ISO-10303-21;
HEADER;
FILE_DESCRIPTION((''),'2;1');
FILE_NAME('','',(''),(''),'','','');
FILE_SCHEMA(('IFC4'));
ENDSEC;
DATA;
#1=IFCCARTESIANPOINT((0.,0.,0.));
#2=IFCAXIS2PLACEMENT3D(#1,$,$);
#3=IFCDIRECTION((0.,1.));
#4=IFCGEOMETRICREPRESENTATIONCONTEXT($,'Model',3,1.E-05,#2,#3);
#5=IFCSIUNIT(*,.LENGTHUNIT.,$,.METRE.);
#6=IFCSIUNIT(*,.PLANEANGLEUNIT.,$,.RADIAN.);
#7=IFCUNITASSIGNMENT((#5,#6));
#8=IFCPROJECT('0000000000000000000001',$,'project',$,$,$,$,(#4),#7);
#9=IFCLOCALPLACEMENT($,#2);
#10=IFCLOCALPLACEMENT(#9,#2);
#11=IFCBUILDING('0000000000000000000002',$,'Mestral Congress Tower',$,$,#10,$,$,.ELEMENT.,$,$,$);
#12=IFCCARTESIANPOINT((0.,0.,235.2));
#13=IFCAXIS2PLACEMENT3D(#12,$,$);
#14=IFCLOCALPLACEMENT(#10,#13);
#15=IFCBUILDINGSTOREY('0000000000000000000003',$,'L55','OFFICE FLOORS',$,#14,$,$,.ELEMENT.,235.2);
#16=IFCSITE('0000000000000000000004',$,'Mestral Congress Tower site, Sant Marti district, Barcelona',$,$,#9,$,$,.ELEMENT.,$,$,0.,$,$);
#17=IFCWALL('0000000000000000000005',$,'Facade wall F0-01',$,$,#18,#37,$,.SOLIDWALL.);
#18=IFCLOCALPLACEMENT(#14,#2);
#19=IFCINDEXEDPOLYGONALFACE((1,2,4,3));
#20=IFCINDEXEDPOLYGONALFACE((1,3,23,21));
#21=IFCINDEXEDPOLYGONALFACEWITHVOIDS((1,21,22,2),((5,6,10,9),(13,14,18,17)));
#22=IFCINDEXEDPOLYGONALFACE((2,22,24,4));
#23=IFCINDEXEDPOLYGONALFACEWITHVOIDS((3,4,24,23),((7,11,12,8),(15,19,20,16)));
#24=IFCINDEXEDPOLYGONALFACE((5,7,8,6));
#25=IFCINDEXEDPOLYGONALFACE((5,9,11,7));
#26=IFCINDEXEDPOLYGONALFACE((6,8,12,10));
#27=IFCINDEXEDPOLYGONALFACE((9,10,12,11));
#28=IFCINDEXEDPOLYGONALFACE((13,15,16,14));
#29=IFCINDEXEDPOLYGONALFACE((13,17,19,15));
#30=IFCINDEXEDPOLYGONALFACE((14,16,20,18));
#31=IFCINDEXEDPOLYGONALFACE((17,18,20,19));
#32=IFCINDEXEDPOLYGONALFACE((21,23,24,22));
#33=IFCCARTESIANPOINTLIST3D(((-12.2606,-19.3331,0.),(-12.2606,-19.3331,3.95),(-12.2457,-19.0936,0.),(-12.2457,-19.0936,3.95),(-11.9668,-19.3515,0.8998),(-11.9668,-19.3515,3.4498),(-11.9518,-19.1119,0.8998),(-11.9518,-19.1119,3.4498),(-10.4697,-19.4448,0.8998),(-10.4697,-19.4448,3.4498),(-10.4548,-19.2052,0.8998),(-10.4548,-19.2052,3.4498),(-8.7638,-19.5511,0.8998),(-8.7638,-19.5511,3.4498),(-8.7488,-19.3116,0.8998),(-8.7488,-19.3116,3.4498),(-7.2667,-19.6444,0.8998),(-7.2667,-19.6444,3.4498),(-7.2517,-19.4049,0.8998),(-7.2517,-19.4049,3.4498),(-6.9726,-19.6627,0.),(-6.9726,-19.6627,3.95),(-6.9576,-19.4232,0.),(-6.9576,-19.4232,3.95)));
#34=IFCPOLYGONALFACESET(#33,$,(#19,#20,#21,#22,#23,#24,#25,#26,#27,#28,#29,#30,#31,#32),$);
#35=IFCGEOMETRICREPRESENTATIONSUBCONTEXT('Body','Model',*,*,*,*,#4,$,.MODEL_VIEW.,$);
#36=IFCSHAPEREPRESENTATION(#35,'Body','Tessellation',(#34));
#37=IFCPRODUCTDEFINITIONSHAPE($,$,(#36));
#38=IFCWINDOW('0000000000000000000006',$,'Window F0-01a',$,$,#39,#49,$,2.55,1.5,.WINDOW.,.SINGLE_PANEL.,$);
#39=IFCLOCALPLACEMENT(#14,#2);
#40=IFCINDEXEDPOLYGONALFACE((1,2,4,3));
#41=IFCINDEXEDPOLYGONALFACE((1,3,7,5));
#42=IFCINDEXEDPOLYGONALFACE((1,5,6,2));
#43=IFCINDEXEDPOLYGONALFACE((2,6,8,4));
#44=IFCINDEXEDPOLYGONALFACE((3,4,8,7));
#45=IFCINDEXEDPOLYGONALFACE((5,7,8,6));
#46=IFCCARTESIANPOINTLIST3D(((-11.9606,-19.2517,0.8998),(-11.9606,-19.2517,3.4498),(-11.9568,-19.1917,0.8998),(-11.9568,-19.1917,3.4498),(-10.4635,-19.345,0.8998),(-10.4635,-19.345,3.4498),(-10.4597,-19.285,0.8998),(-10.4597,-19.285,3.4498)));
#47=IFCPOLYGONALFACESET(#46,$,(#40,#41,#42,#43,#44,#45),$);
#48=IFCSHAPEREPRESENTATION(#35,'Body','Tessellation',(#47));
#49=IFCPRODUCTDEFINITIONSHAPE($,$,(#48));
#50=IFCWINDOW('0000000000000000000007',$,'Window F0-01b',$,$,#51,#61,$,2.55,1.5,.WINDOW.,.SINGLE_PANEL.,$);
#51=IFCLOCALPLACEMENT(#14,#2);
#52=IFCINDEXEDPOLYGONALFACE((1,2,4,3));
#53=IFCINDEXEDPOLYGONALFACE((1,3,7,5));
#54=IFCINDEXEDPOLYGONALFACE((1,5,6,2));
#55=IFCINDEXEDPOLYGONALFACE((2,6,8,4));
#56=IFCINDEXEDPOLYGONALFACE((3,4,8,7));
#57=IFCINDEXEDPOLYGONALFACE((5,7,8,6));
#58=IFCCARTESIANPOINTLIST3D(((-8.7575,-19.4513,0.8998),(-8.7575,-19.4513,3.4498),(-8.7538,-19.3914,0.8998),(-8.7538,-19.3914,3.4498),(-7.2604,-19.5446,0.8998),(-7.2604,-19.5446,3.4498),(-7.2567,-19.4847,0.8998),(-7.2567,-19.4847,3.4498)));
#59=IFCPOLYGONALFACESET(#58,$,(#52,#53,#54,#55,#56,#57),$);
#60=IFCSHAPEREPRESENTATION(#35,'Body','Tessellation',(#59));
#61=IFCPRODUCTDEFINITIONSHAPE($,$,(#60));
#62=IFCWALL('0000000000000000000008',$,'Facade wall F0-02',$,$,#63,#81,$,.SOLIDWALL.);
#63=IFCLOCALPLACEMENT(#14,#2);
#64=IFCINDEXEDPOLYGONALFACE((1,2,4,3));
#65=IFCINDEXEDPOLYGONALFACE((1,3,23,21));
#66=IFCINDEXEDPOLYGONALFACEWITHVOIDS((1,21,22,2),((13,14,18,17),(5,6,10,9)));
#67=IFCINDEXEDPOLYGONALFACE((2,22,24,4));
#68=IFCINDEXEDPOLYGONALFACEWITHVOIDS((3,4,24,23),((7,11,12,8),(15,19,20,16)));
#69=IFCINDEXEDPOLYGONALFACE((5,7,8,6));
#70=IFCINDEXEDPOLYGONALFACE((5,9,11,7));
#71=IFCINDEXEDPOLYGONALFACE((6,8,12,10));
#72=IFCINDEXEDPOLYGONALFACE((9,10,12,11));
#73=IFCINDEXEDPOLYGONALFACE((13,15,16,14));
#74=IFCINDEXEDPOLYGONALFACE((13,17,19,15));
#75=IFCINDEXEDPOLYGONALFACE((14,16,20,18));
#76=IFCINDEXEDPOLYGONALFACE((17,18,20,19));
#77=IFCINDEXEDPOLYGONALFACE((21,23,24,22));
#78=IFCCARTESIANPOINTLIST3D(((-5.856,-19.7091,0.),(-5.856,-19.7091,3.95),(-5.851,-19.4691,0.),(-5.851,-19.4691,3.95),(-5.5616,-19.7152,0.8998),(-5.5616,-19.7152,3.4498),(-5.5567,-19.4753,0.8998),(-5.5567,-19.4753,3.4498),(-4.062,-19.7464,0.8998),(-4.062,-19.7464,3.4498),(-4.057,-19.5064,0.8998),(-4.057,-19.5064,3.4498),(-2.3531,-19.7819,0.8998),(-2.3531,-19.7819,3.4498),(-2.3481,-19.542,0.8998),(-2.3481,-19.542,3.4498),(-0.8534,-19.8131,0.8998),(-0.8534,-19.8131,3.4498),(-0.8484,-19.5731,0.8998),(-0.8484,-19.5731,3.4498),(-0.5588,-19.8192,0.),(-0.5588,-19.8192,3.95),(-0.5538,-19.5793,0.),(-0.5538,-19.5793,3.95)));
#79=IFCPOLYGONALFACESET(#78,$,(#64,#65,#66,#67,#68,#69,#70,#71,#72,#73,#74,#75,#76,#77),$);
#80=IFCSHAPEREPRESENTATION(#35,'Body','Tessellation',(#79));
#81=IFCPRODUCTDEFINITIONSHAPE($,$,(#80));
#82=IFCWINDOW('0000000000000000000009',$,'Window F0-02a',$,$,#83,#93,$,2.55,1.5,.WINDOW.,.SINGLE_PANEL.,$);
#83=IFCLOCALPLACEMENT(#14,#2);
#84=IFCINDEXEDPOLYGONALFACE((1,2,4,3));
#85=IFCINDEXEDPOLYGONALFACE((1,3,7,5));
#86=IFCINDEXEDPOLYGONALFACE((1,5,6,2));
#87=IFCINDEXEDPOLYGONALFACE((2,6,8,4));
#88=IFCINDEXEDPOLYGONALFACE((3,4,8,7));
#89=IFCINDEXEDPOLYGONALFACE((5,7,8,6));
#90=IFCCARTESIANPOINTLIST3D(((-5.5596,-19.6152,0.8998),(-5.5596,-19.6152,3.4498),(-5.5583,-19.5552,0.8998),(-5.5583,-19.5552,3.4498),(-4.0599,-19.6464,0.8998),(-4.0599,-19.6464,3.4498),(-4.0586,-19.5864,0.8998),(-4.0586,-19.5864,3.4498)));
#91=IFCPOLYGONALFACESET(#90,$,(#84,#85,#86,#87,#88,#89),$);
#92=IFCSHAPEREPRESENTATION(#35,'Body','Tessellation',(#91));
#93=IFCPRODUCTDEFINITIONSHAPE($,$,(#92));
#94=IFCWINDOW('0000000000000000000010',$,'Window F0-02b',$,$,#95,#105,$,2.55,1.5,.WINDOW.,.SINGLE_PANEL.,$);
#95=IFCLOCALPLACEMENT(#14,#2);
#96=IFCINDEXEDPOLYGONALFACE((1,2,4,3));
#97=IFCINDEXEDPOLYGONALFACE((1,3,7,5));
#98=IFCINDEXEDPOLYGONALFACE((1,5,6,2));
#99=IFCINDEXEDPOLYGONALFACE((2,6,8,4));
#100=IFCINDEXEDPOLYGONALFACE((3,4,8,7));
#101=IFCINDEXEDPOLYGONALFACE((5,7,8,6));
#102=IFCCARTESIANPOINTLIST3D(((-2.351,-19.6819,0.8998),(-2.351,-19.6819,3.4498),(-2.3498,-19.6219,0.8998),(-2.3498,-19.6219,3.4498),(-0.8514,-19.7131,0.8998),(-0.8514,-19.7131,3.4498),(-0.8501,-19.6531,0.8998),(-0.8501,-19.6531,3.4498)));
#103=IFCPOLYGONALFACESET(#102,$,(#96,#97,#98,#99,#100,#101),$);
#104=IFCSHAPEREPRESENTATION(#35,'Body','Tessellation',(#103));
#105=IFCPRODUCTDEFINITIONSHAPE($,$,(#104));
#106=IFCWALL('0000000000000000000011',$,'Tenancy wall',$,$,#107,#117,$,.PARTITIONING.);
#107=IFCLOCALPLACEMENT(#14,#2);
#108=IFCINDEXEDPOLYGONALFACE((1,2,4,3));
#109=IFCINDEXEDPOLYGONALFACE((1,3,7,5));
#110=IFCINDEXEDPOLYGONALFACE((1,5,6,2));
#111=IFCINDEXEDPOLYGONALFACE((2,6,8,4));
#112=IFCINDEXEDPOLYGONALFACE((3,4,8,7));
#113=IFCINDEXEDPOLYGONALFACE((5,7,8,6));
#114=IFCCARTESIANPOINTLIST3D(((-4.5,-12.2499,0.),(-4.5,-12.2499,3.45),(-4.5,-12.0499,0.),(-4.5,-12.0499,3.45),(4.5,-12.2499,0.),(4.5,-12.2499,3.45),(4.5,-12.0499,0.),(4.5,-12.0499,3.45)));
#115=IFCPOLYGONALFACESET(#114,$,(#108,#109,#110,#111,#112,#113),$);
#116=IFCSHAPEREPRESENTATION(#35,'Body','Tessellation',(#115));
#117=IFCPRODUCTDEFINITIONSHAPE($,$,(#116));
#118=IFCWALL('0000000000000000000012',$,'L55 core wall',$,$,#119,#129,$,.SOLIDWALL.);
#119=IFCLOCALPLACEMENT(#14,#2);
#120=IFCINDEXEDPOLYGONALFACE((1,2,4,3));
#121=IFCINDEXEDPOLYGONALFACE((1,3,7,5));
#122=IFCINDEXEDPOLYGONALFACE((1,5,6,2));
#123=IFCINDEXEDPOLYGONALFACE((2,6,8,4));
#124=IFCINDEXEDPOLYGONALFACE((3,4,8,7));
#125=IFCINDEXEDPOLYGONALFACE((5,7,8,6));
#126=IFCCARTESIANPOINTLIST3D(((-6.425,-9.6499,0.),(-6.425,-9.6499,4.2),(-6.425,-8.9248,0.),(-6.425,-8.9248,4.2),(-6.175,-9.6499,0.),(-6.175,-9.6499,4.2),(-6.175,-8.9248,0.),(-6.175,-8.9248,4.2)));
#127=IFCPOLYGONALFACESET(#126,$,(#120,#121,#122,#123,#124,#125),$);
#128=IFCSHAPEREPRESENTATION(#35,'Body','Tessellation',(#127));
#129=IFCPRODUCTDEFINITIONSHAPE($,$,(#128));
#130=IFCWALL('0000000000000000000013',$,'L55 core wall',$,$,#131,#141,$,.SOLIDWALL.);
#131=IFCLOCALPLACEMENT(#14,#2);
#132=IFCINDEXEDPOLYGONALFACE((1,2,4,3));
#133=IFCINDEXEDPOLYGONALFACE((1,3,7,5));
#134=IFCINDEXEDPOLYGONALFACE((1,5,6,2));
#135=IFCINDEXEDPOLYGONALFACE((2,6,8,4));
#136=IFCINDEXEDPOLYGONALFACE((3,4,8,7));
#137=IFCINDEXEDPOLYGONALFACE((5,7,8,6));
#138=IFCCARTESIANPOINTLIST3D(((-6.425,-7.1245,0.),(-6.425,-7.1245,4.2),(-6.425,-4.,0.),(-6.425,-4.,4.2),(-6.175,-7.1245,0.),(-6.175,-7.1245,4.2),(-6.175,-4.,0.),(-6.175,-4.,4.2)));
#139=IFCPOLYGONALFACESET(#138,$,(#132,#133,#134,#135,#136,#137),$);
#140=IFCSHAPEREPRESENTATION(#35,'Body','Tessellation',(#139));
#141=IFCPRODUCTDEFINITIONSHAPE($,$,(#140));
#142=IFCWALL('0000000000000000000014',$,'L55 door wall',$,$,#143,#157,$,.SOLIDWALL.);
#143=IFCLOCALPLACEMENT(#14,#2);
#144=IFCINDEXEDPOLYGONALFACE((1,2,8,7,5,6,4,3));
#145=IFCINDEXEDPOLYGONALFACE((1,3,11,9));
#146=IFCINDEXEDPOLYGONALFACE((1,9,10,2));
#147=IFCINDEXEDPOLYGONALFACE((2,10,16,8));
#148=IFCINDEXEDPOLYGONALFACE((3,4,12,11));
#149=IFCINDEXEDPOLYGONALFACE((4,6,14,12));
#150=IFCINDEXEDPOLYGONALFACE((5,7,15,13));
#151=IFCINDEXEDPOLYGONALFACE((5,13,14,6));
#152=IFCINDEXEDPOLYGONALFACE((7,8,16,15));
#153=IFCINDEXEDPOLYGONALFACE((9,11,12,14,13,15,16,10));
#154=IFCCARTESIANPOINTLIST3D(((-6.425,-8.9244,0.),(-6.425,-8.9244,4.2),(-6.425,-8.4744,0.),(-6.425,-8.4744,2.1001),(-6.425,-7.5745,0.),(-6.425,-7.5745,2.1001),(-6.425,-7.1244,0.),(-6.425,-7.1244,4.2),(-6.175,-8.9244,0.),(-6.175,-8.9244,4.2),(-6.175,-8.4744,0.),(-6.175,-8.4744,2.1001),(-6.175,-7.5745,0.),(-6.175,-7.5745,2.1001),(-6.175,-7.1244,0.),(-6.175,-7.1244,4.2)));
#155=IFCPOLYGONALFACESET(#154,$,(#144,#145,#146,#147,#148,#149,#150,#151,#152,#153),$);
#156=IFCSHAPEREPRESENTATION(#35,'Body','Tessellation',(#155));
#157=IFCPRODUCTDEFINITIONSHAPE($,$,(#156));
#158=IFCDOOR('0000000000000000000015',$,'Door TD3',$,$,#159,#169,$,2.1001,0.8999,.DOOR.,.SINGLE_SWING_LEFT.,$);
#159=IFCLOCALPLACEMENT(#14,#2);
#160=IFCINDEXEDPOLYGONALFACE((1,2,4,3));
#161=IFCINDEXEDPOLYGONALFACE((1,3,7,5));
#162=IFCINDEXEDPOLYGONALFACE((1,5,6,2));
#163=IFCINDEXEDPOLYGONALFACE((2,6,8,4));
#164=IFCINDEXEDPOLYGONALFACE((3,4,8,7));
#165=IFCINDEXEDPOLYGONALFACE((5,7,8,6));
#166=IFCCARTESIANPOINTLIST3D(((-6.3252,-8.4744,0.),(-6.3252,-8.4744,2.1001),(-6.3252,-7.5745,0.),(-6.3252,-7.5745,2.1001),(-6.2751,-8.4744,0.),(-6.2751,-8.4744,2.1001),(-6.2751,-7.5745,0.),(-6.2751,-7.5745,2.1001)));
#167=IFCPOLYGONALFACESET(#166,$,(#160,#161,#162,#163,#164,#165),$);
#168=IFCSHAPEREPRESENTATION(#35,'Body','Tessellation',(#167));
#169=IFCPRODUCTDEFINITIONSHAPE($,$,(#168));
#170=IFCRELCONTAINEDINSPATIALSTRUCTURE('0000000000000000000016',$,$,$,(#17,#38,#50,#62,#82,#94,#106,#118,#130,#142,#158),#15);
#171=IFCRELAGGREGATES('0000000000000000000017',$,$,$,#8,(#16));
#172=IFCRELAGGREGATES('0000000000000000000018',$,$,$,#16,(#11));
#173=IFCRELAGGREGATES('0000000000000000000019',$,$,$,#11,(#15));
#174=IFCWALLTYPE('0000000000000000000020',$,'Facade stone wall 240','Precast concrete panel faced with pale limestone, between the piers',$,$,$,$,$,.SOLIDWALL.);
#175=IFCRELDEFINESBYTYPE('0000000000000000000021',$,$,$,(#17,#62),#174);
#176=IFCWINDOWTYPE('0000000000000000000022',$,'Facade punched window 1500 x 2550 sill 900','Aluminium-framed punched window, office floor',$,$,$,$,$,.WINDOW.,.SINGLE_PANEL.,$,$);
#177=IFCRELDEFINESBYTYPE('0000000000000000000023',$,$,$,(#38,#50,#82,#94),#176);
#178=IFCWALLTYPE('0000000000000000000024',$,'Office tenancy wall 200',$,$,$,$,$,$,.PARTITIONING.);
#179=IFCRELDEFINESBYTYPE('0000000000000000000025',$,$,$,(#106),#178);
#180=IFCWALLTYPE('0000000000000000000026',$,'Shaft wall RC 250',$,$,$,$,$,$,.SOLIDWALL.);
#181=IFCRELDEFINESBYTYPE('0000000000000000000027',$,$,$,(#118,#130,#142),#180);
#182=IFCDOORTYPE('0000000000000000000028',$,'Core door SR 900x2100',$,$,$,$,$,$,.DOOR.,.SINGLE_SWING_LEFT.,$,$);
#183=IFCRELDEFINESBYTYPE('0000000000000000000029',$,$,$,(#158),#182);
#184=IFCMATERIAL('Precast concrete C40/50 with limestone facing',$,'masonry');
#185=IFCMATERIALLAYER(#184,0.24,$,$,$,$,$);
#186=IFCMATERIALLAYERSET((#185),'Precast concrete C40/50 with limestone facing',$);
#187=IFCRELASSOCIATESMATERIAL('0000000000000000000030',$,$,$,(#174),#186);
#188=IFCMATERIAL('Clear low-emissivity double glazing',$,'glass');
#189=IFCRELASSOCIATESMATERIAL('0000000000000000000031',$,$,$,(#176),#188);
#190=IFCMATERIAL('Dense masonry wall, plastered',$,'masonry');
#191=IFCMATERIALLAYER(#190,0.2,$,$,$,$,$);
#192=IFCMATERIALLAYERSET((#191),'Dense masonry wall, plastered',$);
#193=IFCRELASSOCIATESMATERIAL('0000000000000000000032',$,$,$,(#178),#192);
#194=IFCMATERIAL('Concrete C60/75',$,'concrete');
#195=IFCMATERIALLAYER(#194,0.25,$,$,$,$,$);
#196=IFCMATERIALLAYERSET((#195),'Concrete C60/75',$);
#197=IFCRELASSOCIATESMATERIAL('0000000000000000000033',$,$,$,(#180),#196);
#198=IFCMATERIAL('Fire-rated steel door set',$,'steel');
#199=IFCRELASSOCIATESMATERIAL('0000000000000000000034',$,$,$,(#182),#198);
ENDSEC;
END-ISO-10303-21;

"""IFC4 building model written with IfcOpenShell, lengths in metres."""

from ifc_helpers import new_model, si_unit, direction, frame, frame_2d, origin, place, context, subcontext, project, spatial, rectangle, extrude, material, layer, layer_set, type_object, element, fill, save


model = new_model("IFC4")

# Units and contexts
model_context = context("Model", 3, precision=1e-05, world=origin(), true_north=direction((0.0, 1.0)))
body_context = subcontext(model_context, "Body", "Model", "MODEL_VIEW")
ifc_project = project(units=[si_unit("LENGTHUNIT", "METRE"), si_unit("PLANEANGLEUNIT", "RADIAN")], contexts=[model_context])

# Site, building, storey
site_placement = place(None, origin())
site = spatial("IfcSite", under=ifc_project, at=site_placement, Name="Mestral Congress Tower site, Sant Marti district, Barcelona", CompositionType="ELEMENT", RefElevation=0.0)
building_placement = place(site_placement, origin())
building = spatial("IfcBuilding", under=site, at=building_placement, Name="Mestral Congress Tower", CompositionType="ELEMENT")
storey_placement = place(building_placement, frame((0.0, 0.0, 235.2)))
storey = spatial("IfcBuildingStorey", under=building, at=storey_placement, Name="L55", Description="OFFICE FLOORS", CompositionType="ELEMENT", Elevation=235.2)

# Shared definitions
ifc_material_1 = material(Name="Concrete C60/75", Category="concrete")

# Walls, openings, windows
ifc_material_2 = material(Name="Precast concrete C40/50 with limestone facing", Category="masonry")
ifc_layer_1 = layer(ifc_material_2, 0.24)
ifc_layer_set_1 = layer_set([ifc_layer_1], Name="Precast concrete C40/50 with limestone facing")
wall_type_1 = type_object("IfcWallType", Name="Facade stone wall 240", Description="Precast concrete panel faced with pale limestone, between the piers", PredefinedType="SOLIDWALL", material=ifc_layer_set_1)
wall_1_placement = place(storey_placement, frame((-12.2532, -19.2134, 0.0), z_axis=(0.0, 0.0, 1.0), x_axis=(0.998063, -0.062206, 0.0)))
wall_1 = element("IfcWall", 1, at=wall_1_placement, inside=storey, type_object=wall_type_1, Name="Facade wall F0-01", PredefinedType="SOLIDWALL", context=body_context, shape_type="SweptSolid", body=[
    extrude(rectangle(XDim=5.2983, YDim=0.24, at=frame_2d((2.6492, 0.0))), origin(), (0.0, 0.0, 1.0), 3.95),
])
opening_1_placement = place(wall_1_placement, frame((0.2944, 0.0, 0.8999)))
opening_1 = element("IfcOpeningElement", 2, at=opening_1_placement, cuts=wall_1, PredefinedType="OPENING", context=body_context, shape_type="SweptSolid", body=[
    extrude(rectangle(XDim=1.5, YDim=2.55, at=frame_2d((0.75, 1.2749))), frame((0.0, 0.1299, 0.0), z_axis=(0.0, -1.0, 0.0), x_axis=(1.0, 0.0, 0.0)), (0.0, 0.0, 1.0), 0.26),
])
opening_2_placement = place(wall_1_placement, frame((3.5037, 0.0, 0.8999)))
opening_2 = element("IfcOpeningElement", 3, at=opening_2_placement, cuts=wall_1, PredefinedType="OPENING", context=body_context, shape_type="SweptSolid", body=[
    extrude(rectangle(XDim=1.5, YDim=2.55, at=frame_2d((0.75, 1.2749))), frame((0.0, 0.1299, 0.0), z_axis=(0.0, -1.0, 0.0), x_axis=(1.0, 0.0, 0.0)), (0.0, 0.0, 1.0), 0.26),
])
ifc_material_3 = material(Name="Clear low-emissivity double glazing", Category="glass")
window_type = type_object("IfcWindowType", Name="Facade punched window 1500 x 2550 sill 900", Description="Aluminium-framed punched window, office floor", PartitioningType="SINGLE_PANEL", PredefinedType="WINDOW", material=ifc_material_3)
window_1_placement = place(opening_1_placement, origin())
window_1 = element("IfcWindow", 4, at=window_1_placement, inside=storey, type_object=window_type, Name="Window F0-01a", OverallHeight=2.55, OverallWidth=1.5, PartitioningType="SINGLE_PANEL", PredefinedType="WINDOW", context=body_context, shape_type="SweptSolid", body=[
    extrude(rectangle(XDim=1.5, YDim=2.55, at=frame_2d((0.75, 1.2749))), frame((0.0, 0.04, 0.0), z_axis=(0.0, -1.0, 0.0), x_axis=(1.0, 0.0, 0.0)), (0.0, 0.0, 1.0), 0.0601),
])
fill(opening_1, window_1)
window_2_placement = place(opening_2_placement, origin())
window_2 = element("IfcWindow", 5, at=window_2_placement, inside=storey, type_object=window_type, Name="Window F0-01b", OverallHeight=2.55, OverallWidth=1.5, PartitioningType="SINGLE_PANEL", PredefinedType="WINDOW", context=body_context, shape_type="SweptSolid", body=[
    extrude(rectangle(XDim=1.5, YDim=2.55, at=frame_2d((0.75, 1.2749))), frame((0.0, 0.04, 0.0), z_axis=(0.0, -1.0, 0.0), x_axis=(1.0, 0.0, 0.0)), (0.0, 0.0, 1.0), 0.0601),
])
fill(opening_2, window_2)
wall_2_placement = place(storey_placement, frame((-5.8535, -19.5891, 0.0), z_axis=(0.0, 0.0, 1.0), x_axis=(0.999784, -0.020782, 0.0)))
wall_2 = element("IfcWall", 6, at=wall_2_placement, inside=storey, type_object=wall_type_1, Name="Facade wall F0-02", PredefinedType="SOLIDWALL", context=body_context, shape_type="SweptSolid", body=[
    extrude(rectangle(XDim=5.2983, YDim=0.24, at=frame_2d((2.6492, 0.0))), origin(), (0.0, 0.0, 1.0), 3.95),
])
opening_3_placement = place(wall_2_placement, frame((0.2944, 0.0, 0.8999)))
opening_3 = element("IfcOpeningElement", 7, at=opening_3_placement, cuts=wall_2, PredefinedType="OPENING", context=body_context, shape_type="SweptSolid", body=[
    extrude(rectangle(XDim=1.5, YDim=2.55, at=frame_2d((0.75, 1.2749))), frame((0.0, 0.1299, 0.0), z_axis=(0.0, -1.0, 0.0), x_axis=(1.0, 0.0, 0.0)), (0.0, 0.0, 1.0), 0.26),
])
opening_4_placement = place(wall_2_placement, frame((3.5037, 0.0, 0.8999)))
opening_4 = element("IfcOpeningElement", 8, at=opening_4_placement, cuts=wall_2, PredefinedType="OPENING", context=body_context, shape_type="SweptSolid", body=[
    extrude(rectangle(XDim=1.5, YDim=2.55, at=frame_2d((0.75, 1.2749))), frame((0.0, 0.1299, 0.0), z_axis=(0.0, -1.0, 0.0), x_axis=(1.0, 0.0, 0.0)), (0.0, 0.0, 1.0), 0.26),
])
window_3_placement = place(opening_3_placement, origin())
window_3 = element("IfcWindow", 9, at=window_3_placement, inside=storey, type_object=window_type, Name="Window F0-02a", OverallHeight=2.55, OverallWidth=1.5, PartitioningType="SINGLE_PANEL", PredefinedType="WINDOW", context=body_context, shape_type="SweptSolid", body=[
    extrude(rectangle(XDim=1.5, YDim=2.55, at=frame_2d((0.75, 1.2749))), frame((0.0, 0.04, 0.0), z_axis=(0.0, -1.0, 0.0), x_axis=(1.0, 0.0, 0.0)), (0.0, 0.0, 1.0), 0.0601),
])
fill(opening_3, window_3)
window_4_placement = place(opening_4_placement, origin())
window_4 = element("IfcWindow", 10, at=window_4_placement, inside=storey, type_object=window_type, Name="Window F0-02b", OverallHeight=2.55, OverallWidth=1.5, PartitioningType="SINGLE_PANEL", PredefinedType="WINDOW", context=body_context, shape_type="SweptSolid", body=[
    extrude(rectangle(XDim=1.5, YDim=2.55, at=frame_2d((0.75, 1.2749))), frame((0.0, 0.04, 0.0), z_axis=(0.0, -1.0, 0.0), x_axis=(1.0, 0.0, 0.0)), (0.0, 0.0, 1.0), 0.0601),
])
fill(opening_4, window_4)

# Walls
ifc_material_4 = material(Name="Dense masonry wall, plastered", Category="masonry")
ifc_layer_2 = layer(ifc_material_4, 0.2)
ifc_layer_set_2 = layer_set([ifc_layer_2], Name="Dense masonry wall, plastered")
wall_type_2 = type_object("IfcWallType", Name="Office tenancy wall 200", PredefinedType="PARTITIONING", material=ifc_layer_set_2)
wall_3_placement = place(storey_placement, frame((-4.5, -12.1499, 0.0), z_axis=(0.0, 0.0, 1.0), x_axis=(1.0, 0.0, 0.0)))
element("IfcWall", 11, at=wall_3_placement, inside=storey, type_object=wall_type_2, Name="Tenancy wall", PredefinedType="PARTITIONING", context=body_context, shape_type="SweptSolid", body=[
    extrude(rectangle(XDim=9.0, YDim=0.2, at=frame_2d((4.5, 0.0))), origin(), (0.0, 0.0, 1.0), 3.45),
])
ifc_layer_3 = layer(ifc_material_1, 0.25)
ifc_layer_set_3 = layer_set([ifc_layer_3], Name="Concrete C60/75")
wall_type_3 = type_object("IfcWallType", Name="Shaft wall RC 250", PredefinedType="SOLIDWALL", material=ifc_layer_set_3)
wall_4_placement = place(storey_placement, frame((-6.3, -8.9248, 0.0), z_axis=(0.0, 0.0, 1.0), x_axis=(0.0, -1.0, 0.0)))
element("IfcWall", 12, at=wall_4_placement, inside=storey, type_object=wall_type_3, Name="L55 core wall", PredefinedType="SOLIDWALL", context=body_context, shape_type="SweptSolid", body=[
    extrude(rectangle(XDim=0.7251, YDim=0.25, at=frame_2d((0.3625, 0.0))), origin(), (0.0, 0.0, 1.0), 4.2),
])
wall_5_placement = place(storey_placement, frame((-6.3, -7.1245, 0.0), z_axis=(0.0, 0.0, 1.0), x_axis=(0.0, 1.0, 0.0)))
element("IfcWall", 13, at=wall_5_placement, inside=storey, type_object=wall_type_3, Name="L55 core wall", PredefinedType="SOLIDWALL", context=body_context, shape_type="SweptSolid", body=[
    extrude(rectangle(XDim=3.1245, YDim=0.25, at=frame_2d((1.5623, 0.0))), origin(), (0.0, 0.0, 1.0), 4.2),
])

# Wall, opening, door
wall_6_placement = place(storey_placement, frame((-6.3, -7.1245, 0.0), z_axis=(0.0, 0.0, 1.0), x_axis=(0.0, -1.0, 0.0)))
wall_6 = element("IfcWall", 14, at=wall_6_placement, inside=storey, type_object=wall_type_3, Name="L55 door wall", PredefinedType="SOLIDWALL", context=body_context, shape_type="SweptSolid", body=[
    extrude(rectangle(XDim=1.8, YDim=0.25, at=frame_2d((0.8999, 0.0))), origin(), (0.0, 0.0, 1.0), 4.2),
])
opening_5_placement = place(wall_6_placement, frame((0.45, 0.0, 0.0)))
opening_5 = element("IfcOpeningElement", 15, at=opening_5_placement, cuts=wall_6, PredefinedType="OPENING", context=body_context, shape_type="SweptSolid", body=[
    extrude(rectangle(XDim=0.8999, YDim=2.1001, at=frame_2d((0.45, 1.05))), frame((0.0, 0.135, 0.0), z_axis=(0.0, -1.0, 0.0), x_axis=(1.0, 0.0, 0.0)), (0.0, 0.0, 1.0), 0.27),
])
ifc_material_5 = material(Name="Fire-rated steel door set", Category="steel")
door_type = type_object("IfcDoorType", Name="Core door SR 900x2100", OperationType="SINGLE_SWING_LEFT", PredefinedType="DOOR", material=ifc_material_5)
door_placement = place(opening_5_placement, origin())
door = element("IfcDoor", 16, at=door_placement, inside=storey, type_object=door_type, Name="Door TD3", OperationType="SINGLE_SWING_LEFT", OverallHeight=2.1001, OverallWidth=0.8999, PredefinedType="DOOR", context=body_context, shape_type="SweptSolid", body=[
    extrude(rectangle(XDim=0.8999, YDim=2.1001, at=frame_2d((0.45, 1.05))), frame((0.0, 0.0249, 0.0), z_axis=(0.0, -1.0, 0.0), x_axis=(1.0, 0.0, 0.0)), (0.0, 0.0, 1.0), 0.05),
])
fill(opening_5, door)

save(model, "model.ifc")
